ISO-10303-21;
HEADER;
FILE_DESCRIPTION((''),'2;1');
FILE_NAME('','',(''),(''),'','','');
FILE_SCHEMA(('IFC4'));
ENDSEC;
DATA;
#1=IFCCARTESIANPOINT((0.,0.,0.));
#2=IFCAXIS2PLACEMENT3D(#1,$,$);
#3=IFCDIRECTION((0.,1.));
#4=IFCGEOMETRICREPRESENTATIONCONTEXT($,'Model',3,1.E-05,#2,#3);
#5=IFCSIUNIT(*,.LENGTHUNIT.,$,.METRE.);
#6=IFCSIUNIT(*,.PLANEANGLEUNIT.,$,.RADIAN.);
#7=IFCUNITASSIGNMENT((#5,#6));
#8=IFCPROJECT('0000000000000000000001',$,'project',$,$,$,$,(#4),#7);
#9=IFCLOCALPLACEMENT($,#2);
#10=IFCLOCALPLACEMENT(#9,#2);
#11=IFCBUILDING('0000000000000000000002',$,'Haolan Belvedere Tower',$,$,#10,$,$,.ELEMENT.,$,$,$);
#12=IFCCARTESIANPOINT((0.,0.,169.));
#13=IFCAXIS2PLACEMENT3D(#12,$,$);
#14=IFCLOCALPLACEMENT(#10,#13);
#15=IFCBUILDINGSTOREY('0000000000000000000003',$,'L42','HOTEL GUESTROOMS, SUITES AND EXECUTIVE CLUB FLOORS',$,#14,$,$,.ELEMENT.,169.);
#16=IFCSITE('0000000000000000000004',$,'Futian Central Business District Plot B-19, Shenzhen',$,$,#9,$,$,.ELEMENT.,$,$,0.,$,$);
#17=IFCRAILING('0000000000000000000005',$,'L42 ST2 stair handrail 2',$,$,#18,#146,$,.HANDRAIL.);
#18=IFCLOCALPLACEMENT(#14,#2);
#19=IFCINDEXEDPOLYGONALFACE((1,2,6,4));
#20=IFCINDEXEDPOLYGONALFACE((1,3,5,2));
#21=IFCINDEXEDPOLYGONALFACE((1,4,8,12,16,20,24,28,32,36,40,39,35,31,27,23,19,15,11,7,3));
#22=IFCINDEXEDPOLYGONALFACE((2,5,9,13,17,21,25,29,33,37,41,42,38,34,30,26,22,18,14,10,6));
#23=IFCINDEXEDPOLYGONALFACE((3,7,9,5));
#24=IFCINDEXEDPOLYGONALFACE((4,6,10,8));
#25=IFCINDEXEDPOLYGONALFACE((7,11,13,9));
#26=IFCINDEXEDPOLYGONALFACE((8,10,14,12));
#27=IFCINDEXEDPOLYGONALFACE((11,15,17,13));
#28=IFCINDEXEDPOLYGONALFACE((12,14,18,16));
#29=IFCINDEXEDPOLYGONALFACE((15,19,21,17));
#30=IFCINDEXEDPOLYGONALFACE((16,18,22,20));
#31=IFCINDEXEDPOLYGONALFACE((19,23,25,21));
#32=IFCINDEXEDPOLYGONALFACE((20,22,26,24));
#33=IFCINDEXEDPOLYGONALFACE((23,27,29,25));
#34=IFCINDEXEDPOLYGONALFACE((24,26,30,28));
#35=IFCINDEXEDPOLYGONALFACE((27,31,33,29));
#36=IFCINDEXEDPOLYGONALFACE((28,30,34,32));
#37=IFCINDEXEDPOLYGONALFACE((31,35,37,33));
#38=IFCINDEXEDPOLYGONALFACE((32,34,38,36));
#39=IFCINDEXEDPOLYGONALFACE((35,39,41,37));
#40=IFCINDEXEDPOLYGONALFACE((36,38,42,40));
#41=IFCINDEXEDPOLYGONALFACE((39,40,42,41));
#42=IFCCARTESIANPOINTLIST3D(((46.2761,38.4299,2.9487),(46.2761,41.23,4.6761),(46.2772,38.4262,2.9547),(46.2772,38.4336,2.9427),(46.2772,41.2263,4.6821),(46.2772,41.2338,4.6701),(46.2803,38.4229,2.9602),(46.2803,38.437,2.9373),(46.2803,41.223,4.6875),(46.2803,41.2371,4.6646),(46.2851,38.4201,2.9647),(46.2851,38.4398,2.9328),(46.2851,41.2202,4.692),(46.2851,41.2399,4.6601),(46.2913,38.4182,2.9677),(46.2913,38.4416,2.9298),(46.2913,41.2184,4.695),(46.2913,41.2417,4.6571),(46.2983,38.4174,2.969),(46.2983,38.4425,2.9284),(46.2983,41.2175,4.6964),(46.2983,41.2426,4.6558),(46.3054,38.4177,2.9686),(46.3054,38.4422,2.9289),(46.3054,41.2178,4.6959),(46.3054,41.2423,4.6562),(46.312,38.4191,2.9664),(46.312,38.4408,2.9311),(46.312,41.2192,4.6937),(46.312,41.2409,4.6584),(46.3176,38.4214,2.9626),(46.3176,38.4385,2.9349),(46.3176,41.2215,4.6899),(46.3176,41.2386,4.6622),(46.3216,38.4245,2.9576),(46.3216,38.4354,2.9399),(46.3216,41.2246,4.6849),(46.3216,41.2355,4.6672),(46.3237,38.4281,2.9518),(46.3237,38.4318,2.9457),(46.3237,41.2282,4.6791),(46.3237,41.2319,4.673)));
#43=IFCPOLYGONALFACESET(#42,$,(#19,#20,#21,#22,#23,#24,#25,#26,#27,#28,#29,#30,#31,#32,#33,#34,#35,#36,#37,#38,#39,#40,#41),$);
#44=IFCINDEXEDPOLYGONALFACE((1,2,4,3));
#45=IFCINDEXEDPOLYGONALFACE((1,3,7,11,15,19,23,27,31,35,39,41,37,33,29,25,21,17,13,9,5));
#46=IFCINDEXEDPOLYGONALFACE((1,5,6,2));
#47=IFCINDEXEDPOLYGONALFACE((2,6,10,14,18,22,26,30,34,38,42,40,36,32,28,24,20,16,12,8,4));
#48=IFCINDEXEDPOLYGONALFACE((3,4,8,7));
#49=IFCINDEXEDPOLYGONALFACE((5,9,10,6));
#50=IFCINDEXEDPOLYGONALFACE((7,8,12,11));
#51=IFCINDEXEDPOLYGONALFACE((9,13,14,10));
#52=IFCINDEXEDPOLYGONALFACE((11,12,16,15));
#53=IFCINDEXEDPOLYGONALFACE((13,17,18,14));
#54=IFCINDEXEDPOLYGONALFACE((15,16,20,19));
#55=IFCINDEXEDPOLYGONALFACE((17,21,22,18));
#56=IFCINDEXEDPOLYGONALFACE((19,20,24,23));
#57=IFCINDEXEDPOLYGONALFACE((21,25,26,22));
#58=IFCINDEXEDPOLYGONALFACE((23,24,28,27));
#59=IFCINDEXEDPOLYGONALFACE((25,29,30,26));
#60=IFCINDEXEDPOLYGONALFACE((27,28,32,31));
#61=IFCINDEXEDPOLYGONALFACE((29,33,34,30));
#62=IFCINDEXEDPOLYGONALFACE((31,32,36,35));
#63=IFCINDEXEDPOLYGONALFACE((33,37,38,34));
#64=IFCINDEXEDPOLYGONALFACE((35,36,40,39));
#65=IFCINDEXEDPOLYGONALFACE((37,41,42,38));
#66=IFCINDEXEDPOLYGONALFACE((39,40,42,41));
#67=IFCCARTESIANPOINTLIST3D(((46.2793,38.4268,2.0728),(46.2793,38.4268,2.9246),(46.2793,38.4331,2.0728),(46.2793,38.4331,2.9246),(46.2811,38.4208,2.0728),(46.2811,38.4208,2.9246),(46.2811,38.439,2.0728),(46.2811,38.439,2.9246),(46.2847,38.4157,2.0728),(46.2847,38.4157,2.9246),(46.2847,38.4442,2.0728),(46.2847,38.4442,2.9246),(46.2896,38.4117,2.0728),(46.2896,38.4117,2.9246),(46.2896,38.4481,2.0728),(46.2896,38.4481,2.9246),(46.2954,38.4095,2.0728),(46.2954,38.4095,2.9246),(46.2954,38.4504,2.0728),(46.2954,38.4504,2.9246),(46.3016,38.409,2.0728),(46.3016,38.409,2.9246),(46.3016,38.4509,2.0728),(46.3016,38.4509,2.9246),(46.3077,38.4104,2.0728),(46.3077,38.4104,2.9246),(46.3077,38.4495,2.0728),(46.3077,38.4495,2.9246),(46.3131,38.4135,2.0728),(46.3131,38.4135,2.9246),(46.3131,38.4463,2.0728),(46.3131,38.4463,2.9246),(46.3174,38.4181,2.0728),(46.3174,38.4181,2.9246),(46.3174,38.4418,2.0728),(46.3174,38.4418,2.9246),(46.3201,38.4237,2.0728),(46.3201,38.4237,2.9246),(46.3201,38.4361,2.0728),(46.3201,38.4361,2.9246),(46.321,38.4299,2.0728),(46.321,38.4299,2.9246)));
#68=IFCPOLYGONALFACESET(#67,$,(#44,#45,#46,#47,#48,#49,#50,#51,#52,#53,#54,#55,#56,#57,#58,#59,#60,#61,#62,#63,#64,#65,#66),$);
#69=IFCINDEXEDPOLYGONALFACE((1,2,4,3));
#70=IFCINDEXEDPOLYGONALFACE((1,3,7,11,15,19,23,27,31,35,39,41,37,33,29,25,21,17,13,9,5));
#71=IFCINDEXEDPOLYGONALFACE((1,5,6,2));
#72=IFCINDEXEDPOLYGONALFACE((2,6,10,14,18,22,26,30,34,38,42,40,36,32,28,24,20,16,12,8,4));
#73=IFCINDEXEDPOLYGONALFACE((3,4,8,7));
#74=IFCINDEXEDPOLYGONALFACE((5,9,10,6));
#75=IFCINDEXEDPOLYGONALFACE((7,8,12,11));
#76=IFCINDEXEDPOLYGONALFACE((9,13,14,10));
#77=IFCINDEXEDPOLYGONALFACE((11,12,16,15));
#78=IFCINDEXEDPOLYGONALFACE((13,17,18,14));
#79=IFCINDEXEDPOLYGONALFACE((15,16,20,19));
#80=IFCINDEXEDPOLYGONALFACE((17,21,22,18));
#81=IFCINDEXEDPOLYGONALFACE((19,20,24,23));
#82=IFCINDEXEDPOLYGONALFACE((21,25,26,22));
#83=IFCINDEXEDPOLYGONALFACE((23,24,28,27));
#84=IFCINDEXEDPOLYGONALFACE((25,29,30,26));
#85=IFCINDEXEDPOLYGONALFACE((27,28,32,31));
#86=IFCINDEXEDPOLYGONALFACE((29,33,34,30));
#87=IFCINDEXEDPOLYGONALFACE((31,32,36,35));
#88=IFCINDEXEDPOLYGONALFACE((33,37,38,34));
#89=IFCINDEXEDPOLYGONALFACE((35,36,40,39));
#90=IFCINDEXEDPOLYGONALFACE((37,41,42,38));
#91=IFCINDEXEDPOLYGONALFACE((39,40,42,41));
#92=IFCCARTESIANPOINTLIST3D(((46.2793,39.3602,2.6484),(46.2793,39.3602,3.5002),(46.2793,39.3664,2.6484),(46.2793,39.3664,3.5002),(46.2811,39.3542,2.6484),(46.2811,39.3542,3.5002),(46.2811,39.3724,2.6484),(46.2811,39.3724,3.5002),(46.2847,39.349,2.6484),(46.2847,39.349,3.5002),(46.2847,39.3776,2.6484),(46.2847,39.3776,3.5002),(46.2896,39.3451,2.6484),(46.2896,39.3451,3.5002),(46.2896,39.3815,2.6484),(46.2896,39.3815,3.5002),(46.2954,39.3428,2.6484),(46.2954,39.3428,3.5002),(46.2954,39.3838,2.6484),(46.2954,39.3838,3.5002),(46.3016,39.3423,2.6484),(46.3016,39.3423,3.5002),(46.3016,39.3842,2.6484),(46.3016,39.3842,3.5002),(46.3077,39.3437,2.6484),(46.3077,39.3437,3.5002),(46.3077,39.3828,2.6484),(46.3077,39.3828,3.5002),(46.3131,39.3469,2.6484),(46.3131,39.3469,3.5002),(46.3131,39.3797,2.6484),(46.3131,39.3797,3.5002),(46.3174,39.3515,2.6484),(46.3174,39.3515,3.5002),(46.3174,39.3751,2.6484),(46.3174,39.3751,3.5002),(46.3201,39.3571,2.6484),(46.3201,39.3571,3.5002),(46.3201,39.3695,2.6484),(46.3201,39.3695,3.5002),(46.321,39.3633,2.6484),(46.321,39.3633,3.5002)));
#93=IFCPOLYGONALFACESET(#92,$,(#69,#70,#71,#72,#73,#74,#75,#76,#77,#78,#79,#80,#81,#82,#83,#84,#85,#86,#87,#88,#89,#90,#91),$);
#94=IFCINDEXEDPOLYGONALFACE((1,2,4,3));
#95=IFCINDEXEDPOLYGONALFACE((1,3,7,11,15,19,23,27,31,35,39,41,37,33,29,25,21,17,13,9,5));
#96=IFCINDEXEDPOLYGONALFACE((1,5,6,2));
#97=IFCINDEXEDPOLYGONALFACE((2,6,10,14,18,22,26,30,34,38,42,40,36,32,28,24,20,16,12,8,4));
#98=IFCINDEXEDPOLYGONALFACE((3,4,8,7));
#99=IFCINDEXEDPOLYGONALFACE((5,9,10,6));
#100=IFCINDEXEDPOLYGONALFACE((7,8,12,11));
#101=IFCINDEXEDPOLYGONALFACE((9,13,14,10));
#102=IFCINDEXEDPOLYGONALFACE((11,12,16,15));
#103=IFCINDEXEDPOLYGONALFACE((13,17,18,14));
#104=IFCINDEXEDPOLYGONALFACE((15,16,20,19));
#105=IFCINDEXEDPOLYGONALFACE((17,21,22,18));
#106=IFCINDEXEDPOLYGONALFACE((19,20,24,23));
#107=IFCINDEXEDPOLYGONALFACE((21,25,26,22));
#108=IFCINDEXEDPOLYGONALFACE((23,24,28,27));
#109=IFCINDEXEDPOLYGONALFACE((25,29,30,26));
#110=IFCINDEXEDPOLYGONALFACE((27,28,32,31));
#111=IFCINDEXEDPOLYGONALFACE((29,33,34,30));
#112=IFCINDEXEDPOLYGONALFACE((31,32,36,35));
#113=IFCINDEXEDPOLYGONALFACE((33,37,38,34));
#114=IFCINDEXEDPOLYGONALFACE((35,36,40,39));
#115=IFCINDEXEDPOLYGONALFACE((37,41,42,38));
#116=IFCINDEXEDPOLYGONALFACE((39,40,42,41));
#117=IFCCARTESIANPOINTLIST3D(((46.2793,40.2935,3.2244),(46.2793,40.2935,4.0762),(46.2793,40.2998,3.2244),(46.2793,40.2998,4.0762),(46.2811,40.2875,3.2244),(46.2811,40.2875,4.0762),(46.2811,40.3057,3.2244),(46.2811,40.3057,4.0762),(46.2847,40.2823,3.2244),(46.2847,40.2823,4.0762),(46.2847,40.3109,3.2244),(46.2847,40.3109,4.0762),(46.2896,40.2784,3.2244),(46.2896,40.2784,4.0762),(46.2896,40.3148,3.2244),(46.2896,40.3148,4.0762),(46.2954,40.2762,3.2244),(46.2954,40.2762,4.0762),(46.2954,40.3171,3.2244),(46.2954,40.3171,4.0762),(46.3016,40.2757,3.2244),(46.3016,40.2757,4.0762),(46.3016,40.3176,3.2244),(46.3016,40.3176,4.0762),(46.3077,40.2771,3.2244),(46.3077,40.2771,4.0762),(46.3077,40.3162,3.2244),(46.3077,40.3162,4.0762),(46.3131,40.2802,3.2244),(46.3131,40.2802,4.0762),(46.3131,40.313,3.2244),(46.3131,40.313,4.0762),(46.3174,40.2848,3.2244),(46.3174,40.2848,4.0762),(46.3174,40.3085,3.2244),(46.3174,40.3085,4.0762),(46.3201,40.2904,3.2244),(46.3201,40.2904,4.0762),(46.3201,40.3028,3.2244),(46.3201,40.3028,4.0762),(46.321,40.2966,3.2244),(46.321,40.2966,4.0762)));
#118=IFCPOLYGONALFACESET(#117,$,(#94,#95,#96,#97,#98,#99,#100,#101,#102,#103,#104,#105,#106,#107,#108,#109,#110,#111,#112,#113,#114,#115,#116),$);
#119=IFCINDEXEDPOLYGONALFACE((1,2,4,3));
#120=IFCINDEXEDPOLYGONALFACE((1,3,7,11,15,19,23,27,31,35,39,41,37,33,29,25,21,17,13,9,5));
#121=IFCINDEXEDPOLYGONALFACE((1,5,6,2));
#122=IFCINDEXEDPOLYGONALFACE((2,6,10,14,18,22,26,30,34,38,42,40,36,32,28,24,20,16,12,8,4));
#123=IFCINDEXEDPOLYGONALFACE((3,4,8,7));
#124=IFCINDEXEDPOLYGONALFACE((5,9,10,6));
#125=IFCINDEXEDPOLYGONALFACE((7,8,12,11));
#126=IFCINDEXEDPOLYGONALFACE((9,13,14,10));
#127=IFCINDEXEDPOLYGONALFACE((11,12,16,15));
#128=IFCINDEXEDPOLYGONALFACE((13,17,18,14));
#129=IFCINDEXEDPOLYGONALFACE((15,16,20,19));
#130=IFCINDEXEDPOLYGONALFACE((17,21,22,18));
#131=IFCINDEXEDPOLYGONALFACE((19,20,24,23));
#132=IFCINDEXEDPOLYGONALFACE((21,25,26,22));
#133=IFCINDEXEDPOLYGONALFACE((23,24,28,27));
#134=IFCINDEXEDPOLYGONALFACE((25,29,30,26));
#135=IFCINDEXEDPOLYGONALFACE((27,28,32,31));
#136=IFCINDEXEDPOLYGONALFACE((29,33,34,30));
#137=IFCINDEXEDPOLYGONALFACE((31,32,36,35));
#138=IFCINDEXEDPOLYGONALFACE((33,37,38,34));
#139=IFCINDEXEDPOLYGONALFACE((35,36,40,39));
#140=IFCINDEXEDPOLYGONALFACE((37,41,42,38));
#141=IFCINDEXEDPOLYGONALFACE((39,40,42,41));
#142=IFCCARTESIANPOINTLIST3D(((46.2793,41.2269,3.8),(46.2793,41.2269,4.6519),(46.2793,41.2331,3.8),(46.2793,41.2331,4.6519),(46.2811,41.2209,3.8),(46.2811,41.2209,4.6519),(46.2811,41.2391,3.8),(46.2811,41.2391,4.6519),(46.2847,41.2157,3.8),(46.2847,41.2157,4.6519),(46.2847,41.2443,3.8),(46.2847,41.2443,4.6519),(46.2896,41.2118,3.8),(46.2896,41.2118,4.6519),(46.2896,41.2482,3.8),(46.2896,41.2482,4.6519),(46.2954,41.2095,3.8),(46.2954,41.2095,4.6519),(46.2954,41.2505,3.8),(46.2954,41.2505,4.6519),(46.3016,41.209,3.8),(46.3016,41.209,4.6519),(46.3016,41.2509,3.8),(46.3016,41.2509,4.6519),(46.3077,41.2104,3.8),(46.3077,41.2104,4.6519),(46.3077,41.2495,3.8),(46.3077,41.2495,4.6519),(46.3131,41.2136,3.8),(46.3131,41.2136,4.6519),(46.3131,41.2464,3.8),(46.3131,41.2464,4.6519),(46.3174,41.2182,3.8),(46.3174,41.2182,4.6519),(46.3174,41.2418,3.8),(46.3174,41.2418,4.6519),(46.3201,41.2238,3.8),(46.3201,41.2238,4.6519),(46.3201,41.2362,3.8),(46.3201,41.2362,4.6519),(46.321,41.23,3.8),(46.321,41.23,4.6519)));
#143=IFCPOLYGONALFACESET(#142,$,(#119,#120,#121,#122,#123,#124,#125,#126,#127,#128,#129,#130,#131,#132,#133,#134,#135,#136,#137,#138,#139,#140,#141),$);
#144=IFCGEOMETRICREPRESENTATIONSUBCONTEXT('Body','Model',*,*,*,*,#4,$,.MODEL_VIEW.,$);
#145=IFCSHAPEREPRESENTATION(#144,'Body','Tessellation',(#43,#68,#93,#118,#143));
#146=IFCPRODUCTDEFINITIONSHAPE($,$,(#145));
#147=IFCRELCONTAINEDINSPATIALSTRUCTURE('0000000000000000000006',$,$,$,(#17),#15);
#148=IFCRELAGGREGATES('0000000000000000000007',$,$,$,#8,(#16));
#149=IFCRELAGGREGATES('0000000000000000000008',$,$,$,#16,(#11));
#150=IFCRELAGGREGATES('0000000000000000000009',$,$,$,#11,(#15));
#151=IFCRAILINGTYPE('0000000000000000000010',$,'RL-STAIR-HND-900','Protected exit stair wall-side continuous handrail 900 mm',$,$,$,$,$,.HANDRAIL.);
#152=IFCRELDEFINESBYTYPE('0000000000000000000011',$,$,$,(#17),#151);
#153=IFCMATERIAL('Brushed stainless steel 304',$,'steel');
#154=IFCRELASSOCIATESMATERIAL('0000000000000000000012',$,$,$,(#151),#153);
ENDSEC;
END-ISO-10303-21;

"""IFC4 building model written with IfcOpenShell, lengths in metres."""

from ifc_helpers import new_model, si_unit, direction, frame, origin, origin_2d, place, context, subcontext, project, spatial, circle, extrude, material, type_object, element, save


model = new_model("IFC4")

# Units and contexts
model_context = context("Model", 3, precision=1e-05, world=origin(), true_north=direction((0.0, 1.0)))
body_context = subcontext(model_context, "Body", "Model", "MODEL_VIEW")
ifc_project = project(units=[si_unit("LENGTHUNIT", "METRE"), si_unit("PLANEANGLEUNIT", "RADIAN")], contexts=[model_context])

# Site, building, storey
site_placement = place(None, origin())
site = spatial("IfcSite", under=ifc_project, at=site_placement, Name="Futian Central Business District Plot B-19, Shenzhen", CompositionType="ELEMENT", RefElevation=0.0)
building_placement = place(site_placement, origin())
building = spatial("IfcBuilding", under=site, at=building_placement, Name="Haolan Belvedere Tower", CompositionType="ELEMENT")
storey_placement = place(building_placement, frame((0.0, 0.0, 169.0)))
storey = spatial("IfcBuildingStorey", under=building, at=storey_placement, Name="L42", Description="HOTEL GUESTROOMS, SUITES AND EXECUTIVE CLUB FLOORS", CompositionType="ELEMENT", Elevation=169.0)

# Railing
ifc_material_1 = material(Name="Brushed stainless steel 304", Category="steel")
railing_type = type_object("IfcRailingType", Name="RL-STAIR-HND-900", Description="Protected exit stair wall-side continuous handrail 900 mm", PredefinedType="HANDRAIL", material=ifc_material_1)
railing_placement = place(storey_placement, frame((46.3, 38.4299, 2.0728)))
element("IfcRailing", 1, at=railing_placement, inside=storey, type_object=railing_type, Name="L42 ST2 stair handrail 2", PredefinedType="HANDRAIL", context=body_context, shape_type="SweptSolid", body=[
    extrude(circle(Radius=0.0239, at=origin_2d()), frame((0.0, 0.0, 0.876), z_axis=(0.0, 0.85109, 0.52502), x_axis=(-1.0, 0.0, 0.0)), (0.0, 0.0, 1.0), 3.29),
    extrude(circle(Radius=0.021, at=origin_2d()), origin(), (0.0, 0.0, 1.0), 0.8518),
    extrude(circle(Radius=0.021, at=origin_2d()), frame((0.0, 0.9333, 0.5757)), (0.0, 0.0, 1.0), 0.8518),
    extrude(circle(Radius=0.021, at=origin_2d()), frame((0.0, 1.8667, 1.1516)), (0.0, 0.0, 1.0), 0.8518),
    extrude(circle(Radius=0.021, at=origin_2d()), frame((0.0, 2.8, 1.7273)), (0.0, 0.0, 1.0), 0.8518),
])

save(model, "model.ifc")
